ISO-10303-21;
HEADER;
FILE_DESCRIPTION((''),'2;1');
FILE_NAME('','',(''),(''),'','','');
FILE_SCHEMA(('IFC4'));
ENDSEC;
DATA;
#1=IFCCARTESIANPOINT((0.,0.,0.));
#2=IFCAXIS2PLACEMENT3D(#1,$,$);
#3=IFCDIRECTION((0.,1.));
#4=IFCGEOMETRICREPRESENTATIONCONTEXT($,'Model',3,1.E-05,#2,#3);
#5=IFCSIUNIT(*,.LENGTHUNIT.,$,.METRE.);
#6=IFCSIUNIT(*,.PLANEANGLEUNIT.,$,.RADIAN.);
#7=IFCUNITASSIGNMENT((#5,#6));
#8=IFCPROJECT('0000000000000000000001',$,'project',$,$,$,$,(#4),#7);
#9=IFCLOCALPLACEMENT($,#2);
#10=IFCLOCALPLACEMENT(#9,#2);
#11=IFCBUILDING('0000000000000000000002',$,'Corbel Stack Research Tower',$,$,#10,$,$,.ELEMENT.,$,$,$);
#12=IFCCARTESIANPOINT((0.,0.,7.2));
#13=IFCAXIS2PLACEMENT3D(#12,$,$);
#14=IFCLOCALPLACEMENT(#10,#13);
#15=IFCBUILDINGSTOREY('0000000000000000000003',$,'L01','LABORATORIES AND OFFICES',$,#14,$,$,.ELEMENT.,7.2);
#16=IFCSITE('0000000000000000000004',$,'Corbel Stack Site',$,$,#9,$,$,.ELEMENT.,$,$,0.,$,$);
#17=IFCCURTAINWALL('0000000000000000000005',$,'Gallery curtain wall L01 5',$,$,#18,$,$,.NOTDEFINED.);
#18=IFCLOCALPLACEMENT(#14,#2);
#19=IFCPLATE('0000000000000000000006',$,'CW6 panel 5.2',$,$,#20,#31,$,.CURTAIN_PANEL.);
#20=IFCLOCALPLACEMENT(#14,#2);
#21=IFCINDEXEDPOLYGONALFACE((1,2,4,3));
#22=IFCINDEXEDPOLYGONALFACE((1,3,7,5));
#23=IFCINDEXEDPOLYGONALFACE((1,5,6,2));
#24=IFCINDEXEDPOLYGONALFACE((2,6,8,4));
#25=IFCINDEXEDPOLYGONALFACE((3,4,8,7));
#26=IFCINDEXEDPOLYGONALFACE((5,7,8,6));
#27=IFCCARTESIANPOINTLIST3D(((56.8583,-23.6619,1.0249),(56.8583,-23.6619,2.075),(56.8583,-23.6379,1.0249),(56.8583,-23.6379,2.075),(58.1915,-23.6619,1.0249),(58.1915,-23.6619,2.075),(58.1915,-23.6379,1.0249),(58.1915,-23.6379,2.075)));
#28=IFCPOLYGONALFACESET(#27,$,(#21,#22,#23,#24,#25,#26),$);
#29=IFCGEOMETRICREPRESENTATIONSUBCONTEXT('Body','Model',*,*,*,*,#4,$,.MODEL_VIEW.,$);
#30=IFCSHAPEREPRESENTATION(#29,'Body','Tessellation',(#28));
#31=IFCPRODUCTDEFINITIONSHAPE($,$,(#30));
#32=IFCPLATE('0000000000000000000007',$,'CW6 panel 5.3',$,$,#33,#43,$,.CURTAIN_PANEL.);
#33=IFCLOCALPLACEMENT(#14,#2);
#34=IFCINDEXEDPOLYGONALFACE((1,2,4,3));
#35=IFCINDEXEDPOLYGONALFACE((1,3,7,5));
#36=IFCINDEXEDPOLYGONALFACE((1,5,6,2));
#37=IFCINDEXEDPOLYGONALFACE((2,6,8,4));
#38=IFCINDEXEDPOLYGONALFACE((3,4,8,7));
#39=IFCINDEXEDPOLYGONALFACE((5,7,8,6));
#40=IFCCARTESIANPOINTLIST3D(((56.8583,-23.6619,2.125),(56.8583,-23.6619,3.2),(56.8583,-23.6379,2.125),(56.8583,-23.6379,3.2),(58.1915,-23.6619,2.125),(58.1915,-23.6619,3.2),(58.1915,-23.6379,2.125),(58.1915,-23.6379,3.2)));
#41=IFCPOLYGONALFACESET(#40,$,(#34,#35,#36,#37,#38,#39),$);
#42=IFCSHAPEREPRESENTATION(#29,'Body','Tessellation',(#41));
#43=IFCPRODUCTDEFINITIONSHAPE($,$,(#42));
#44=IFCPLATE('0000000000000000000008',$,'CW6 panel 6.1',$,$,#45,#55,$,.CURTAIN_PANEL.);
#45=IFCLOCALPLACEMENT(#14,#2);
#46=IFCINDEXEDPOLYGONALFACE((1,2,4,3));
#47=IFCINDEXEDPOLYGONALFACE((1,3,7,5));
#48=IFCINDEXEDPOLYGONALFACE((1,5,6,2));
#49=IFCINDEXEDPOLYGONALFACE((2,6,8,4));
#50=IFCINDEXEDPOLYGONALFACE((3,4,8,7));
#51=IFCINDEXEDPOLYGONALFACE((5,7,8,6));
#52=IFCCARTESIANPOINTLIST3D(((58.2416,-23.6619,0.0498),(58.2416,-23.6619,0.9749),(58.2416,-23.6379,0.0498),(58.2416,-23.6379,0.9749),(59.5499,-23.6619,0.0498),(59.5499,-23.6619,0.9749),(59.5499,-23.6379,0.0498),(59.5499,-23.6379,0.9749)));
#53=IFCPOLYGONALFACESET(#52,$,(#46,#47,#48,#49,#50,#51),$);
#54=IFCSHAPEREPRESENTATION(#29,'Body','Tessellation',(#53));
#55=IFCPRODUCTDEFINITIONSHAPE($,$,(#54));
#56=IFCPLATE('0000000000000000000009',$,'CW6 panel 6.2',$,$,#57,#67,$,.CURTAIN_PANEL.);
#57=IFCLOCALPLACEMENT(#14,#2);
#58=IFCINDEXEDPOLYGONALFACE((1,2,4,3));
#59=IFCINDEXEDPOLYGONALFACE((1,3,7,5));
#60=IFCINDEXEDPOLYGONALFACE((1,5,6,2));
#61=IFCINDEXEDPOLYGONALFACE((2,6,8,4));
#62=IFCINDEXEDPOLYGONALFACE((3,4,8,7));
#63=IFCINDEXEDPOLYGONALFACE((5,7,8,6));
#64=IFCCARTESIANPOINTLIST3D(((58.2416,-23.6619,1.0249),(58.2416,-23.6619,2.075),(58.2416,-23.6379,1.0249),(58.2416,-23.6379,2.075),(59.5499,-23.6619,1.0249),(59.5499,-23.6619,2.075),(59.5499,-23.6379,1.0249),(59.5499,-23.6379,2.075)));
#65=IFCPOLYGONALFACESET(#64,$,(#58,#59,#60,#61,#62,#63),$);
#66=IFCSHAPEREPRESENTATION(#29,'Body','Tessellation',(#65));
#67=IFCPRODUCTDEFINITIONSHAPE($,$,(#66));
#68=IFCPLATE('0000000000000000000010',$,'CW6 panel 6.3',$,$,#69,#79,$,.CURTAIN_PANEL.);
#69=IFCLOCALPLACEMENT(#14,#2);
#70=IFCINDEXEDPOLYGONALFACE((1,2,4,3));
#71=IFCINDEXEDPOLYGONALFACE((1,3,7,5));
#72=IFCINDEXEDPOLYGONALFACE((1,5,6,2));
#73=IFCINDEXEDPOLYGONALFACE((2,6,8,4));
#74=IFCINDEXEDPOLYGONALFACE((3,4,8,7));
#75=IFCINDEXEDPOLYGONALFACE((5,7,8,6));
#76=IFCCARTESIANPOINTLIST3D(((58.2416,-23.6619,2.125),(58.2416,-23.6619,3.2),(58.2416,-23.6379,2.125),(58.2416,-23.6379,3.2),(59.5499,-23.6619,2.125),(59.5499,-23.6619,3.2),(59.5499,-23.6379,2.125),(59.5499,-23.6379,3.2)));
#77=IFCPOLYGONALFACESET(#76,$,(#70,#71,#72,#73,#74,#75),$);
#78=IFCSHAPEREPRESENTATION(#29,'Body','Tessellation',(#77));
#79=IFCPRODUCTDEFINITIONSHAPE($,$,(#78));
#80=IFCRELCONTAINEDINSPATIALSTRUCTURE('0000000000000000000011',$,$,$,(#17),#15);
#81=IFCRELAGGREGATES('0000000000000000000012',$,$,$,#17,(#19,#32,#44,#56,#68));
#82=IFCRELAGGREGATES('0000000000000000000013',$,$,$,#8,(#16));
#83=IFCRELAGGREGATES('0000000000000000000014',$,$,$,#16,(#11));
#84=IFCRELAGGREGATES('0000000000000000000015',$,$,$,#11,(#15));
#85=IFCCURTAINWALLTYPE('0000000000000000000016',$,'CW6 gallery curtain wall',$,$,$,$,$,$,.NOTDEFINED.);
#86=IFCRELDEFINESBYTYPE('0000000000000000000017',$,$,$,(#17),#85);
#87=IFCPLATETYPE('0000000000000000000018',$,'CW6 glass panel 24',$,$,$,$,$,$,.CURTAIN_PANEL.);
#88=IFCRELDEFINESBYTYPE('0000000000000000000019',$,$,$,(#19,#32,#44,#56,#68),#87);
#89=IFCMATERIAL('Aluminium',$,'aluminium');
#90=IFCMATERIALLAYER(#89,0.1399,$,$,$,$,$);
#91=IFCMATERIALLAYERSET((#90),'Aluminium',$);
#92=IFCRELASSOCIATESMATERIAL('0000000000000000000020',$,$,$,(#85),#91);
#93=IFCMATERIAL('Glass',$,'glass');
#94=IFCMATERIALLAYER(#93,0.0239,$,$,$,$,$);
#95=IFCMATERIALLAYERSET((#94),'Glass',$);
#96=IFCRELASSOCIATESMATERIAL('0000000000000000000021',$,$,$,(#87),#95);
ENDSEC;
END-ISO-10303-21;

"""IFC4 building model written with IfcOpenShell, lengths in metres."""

from ifc_helpers import new_model, si_unit, direction, frame, origin, origin_2d, place, context, subcontext, project, spatial, rectangle, extrude, material, layer, layer_set, type_object, element, aggregate, save


model = new_model("IFC4")

# Units and contexts
model_context = context("Model", 3, precision=1e-05, world=origin(), true_north=direction((0.0, 1.0)))
body_context = subcontext(model_context, "Body", "Model", "MODEL_VIEW")
ifc_project = project(units=[si_unit("LENGTHUNIT", "METRE"), si_unit("PLANEANGLEUNIT", "RADIAN")], contexts=[model_context])

# Site, building, storey
site_placement = place(None, origin())
site = spatial("IfcSite", under=ifc_project, at=site_placement, Name="Corbel Stack Site", CompositionType="ELEMENT", RefElevation=0.0)
building_placement = place(site_placement, origin())
building = spatial("IfcBuilding", under=site, at=building_placement, Name="Corbel Stack Research Tower", CompositionType="ELEMENT")
storey_placement = place(building_placement, frame((0.0, 0.0, 7.2)))
storey = spatial("IfcBuildingStorey", under=building, at=storey_placement, Name="L01", Description="LABORATORIES AND OFFICES", CompositionType="ELEMENT", Elevation=7.2)

# Curtain wall, plates
ifc_material_1 = material(Name="Aluminium", Category="aluminium")
ifc_layer_1 = layer(ifc_material_1, 0.1399)
ifc_layer_set_1 = layer_set([ifc_layer_1], Name="Aluminium")
curtain_wall_type = type_object("IfcCurtainWallType", Name="CW6 gallery curtain wall", PredefinedType="NOTDEFINED", material=ifc_layer_set_1)
curtain_wall_placement = place(storey_placement, origin())
curtain_wall = element("IfcCurtainWall", 1, at=curtain_wall_placement, inside=storey, type_object=curtain_wall_type, Name="Gallery curtain wall L01 5", PredefinedType="NOTDEFINED")
ifc_material_2 = material(Name="Glass", Category="glass")
ifc_layer_2 = layer(ifc_material_2, 0.0239)
ifc_layer_set_2 = layer_set([ifc_layer_2], Name="Glass")
plate_type = type_object("IfcPlateType", Name="CW6 glass panel 24", PredefinedType="CURTAIN_PANEL", material=ifc_layer_set_2)
plate_1_placement = place(storey_placement, frame((57.5249, -23.6499, 1.0249), z_axis=(0.0, 0.0, 1.0), x_axis=(1.0, 0.0, 0.0)))
plate_1 = element("IfcPlate", 2, at=plate_1_placement, type_object=plate_type, Name="CW6 panel 5.2", PredefinedType="CURTAIN_PANEL", context=body_context, shape_type="SweptSolid", body=[
    extrude(rectangle(XDim=1.3333, YDim=0.0239, at=origin_2d()), origin(), (0.0, 0.0, 1.0), 1.05),
])
plate_2_placement = place(storey_placement, frame((57.5249, -23.6499, 2.125), z_axis=(0.0, 0.0, 1.0), x_axis=(1.0, 0.0, 0.0)))
plate_2 = element("IfcPlate", 3, at=plate_2_placement, type_object=plate_type, Name="CW6 panel 5.3", PredefinedType="CURTAIN_PANEL", context=body_context, shape_type="SweptSolid", body=[
    extrude(rectangle(XDim=1.3333, YDim=0.0239, at=origin_2d()), origin(), (0.0, 0.0, 1.0), 1.075),
])
plate_3_placement = place(storey_placement, frame((58.8958, -23.6499, 0.0498), z_axis=(0.0, 0.0, 1.0), x_axis=(1.0, 0.0, 0.0)))
plate_3 = element("IfcPlate", 4, at=plate_3_placement, type_object=plate_type, Name="CW6 panel 6.1", PredefinedType="CURTAIN_PANEL", context=body_context, shape_type="SweptSolid", body=[
    extrude(rectangle(XDim=1.3083, YDim=0.0239, at=origin_2d()), origin(), (0.0, 0.0, 1.0), 0.925),
])
plate_4_placement = place(storey_placement, frame((58.8958, -23.6499, 1.0249), z_axis=(0.0, 0.0, 1.0), x_axis=(1.0, 0.0, 0.0)))
plate_4 = element("IfcPlate", 5, at=plate_4_placement, type_object=plate_type, Name="CW6 panel 6.2", PredefinedType="CURTAIN_PANEL", context=body_context, shape_type="SweptSolid", body=[
    extrude(rectangle(XDim=1.3083, YDim=0.0239, at=origin_2d()), origin(), (0.0, 0.0, 1.0), 1.05),
])
plate_5_placement = place(storey_placement, frame((58.8958, -23.6499, 2.125), z_axis=(0.0, 0.0, 1.0), x_axis=(1.0, 0.0, 0.0)))
plate_5 = element("IfcPlate", 6, at=plate_5_placement, type_object=plate_type, Name="CW6 panel 6.3", PredefinedType="CURTAIN_PANEL", context=body_context, shape_type="SweptSolid", body=[
    extrude(rectangle(XDim=1.3083, YDim=0.0239, at=origin_2d()), origin(), (0.0, 0.0, 1.0), 1.075),
])
aggregate(curtain_wall, [plate_1, plate_2, plate_3, plate_4, plate_5])

save(model, "model.ifc")
